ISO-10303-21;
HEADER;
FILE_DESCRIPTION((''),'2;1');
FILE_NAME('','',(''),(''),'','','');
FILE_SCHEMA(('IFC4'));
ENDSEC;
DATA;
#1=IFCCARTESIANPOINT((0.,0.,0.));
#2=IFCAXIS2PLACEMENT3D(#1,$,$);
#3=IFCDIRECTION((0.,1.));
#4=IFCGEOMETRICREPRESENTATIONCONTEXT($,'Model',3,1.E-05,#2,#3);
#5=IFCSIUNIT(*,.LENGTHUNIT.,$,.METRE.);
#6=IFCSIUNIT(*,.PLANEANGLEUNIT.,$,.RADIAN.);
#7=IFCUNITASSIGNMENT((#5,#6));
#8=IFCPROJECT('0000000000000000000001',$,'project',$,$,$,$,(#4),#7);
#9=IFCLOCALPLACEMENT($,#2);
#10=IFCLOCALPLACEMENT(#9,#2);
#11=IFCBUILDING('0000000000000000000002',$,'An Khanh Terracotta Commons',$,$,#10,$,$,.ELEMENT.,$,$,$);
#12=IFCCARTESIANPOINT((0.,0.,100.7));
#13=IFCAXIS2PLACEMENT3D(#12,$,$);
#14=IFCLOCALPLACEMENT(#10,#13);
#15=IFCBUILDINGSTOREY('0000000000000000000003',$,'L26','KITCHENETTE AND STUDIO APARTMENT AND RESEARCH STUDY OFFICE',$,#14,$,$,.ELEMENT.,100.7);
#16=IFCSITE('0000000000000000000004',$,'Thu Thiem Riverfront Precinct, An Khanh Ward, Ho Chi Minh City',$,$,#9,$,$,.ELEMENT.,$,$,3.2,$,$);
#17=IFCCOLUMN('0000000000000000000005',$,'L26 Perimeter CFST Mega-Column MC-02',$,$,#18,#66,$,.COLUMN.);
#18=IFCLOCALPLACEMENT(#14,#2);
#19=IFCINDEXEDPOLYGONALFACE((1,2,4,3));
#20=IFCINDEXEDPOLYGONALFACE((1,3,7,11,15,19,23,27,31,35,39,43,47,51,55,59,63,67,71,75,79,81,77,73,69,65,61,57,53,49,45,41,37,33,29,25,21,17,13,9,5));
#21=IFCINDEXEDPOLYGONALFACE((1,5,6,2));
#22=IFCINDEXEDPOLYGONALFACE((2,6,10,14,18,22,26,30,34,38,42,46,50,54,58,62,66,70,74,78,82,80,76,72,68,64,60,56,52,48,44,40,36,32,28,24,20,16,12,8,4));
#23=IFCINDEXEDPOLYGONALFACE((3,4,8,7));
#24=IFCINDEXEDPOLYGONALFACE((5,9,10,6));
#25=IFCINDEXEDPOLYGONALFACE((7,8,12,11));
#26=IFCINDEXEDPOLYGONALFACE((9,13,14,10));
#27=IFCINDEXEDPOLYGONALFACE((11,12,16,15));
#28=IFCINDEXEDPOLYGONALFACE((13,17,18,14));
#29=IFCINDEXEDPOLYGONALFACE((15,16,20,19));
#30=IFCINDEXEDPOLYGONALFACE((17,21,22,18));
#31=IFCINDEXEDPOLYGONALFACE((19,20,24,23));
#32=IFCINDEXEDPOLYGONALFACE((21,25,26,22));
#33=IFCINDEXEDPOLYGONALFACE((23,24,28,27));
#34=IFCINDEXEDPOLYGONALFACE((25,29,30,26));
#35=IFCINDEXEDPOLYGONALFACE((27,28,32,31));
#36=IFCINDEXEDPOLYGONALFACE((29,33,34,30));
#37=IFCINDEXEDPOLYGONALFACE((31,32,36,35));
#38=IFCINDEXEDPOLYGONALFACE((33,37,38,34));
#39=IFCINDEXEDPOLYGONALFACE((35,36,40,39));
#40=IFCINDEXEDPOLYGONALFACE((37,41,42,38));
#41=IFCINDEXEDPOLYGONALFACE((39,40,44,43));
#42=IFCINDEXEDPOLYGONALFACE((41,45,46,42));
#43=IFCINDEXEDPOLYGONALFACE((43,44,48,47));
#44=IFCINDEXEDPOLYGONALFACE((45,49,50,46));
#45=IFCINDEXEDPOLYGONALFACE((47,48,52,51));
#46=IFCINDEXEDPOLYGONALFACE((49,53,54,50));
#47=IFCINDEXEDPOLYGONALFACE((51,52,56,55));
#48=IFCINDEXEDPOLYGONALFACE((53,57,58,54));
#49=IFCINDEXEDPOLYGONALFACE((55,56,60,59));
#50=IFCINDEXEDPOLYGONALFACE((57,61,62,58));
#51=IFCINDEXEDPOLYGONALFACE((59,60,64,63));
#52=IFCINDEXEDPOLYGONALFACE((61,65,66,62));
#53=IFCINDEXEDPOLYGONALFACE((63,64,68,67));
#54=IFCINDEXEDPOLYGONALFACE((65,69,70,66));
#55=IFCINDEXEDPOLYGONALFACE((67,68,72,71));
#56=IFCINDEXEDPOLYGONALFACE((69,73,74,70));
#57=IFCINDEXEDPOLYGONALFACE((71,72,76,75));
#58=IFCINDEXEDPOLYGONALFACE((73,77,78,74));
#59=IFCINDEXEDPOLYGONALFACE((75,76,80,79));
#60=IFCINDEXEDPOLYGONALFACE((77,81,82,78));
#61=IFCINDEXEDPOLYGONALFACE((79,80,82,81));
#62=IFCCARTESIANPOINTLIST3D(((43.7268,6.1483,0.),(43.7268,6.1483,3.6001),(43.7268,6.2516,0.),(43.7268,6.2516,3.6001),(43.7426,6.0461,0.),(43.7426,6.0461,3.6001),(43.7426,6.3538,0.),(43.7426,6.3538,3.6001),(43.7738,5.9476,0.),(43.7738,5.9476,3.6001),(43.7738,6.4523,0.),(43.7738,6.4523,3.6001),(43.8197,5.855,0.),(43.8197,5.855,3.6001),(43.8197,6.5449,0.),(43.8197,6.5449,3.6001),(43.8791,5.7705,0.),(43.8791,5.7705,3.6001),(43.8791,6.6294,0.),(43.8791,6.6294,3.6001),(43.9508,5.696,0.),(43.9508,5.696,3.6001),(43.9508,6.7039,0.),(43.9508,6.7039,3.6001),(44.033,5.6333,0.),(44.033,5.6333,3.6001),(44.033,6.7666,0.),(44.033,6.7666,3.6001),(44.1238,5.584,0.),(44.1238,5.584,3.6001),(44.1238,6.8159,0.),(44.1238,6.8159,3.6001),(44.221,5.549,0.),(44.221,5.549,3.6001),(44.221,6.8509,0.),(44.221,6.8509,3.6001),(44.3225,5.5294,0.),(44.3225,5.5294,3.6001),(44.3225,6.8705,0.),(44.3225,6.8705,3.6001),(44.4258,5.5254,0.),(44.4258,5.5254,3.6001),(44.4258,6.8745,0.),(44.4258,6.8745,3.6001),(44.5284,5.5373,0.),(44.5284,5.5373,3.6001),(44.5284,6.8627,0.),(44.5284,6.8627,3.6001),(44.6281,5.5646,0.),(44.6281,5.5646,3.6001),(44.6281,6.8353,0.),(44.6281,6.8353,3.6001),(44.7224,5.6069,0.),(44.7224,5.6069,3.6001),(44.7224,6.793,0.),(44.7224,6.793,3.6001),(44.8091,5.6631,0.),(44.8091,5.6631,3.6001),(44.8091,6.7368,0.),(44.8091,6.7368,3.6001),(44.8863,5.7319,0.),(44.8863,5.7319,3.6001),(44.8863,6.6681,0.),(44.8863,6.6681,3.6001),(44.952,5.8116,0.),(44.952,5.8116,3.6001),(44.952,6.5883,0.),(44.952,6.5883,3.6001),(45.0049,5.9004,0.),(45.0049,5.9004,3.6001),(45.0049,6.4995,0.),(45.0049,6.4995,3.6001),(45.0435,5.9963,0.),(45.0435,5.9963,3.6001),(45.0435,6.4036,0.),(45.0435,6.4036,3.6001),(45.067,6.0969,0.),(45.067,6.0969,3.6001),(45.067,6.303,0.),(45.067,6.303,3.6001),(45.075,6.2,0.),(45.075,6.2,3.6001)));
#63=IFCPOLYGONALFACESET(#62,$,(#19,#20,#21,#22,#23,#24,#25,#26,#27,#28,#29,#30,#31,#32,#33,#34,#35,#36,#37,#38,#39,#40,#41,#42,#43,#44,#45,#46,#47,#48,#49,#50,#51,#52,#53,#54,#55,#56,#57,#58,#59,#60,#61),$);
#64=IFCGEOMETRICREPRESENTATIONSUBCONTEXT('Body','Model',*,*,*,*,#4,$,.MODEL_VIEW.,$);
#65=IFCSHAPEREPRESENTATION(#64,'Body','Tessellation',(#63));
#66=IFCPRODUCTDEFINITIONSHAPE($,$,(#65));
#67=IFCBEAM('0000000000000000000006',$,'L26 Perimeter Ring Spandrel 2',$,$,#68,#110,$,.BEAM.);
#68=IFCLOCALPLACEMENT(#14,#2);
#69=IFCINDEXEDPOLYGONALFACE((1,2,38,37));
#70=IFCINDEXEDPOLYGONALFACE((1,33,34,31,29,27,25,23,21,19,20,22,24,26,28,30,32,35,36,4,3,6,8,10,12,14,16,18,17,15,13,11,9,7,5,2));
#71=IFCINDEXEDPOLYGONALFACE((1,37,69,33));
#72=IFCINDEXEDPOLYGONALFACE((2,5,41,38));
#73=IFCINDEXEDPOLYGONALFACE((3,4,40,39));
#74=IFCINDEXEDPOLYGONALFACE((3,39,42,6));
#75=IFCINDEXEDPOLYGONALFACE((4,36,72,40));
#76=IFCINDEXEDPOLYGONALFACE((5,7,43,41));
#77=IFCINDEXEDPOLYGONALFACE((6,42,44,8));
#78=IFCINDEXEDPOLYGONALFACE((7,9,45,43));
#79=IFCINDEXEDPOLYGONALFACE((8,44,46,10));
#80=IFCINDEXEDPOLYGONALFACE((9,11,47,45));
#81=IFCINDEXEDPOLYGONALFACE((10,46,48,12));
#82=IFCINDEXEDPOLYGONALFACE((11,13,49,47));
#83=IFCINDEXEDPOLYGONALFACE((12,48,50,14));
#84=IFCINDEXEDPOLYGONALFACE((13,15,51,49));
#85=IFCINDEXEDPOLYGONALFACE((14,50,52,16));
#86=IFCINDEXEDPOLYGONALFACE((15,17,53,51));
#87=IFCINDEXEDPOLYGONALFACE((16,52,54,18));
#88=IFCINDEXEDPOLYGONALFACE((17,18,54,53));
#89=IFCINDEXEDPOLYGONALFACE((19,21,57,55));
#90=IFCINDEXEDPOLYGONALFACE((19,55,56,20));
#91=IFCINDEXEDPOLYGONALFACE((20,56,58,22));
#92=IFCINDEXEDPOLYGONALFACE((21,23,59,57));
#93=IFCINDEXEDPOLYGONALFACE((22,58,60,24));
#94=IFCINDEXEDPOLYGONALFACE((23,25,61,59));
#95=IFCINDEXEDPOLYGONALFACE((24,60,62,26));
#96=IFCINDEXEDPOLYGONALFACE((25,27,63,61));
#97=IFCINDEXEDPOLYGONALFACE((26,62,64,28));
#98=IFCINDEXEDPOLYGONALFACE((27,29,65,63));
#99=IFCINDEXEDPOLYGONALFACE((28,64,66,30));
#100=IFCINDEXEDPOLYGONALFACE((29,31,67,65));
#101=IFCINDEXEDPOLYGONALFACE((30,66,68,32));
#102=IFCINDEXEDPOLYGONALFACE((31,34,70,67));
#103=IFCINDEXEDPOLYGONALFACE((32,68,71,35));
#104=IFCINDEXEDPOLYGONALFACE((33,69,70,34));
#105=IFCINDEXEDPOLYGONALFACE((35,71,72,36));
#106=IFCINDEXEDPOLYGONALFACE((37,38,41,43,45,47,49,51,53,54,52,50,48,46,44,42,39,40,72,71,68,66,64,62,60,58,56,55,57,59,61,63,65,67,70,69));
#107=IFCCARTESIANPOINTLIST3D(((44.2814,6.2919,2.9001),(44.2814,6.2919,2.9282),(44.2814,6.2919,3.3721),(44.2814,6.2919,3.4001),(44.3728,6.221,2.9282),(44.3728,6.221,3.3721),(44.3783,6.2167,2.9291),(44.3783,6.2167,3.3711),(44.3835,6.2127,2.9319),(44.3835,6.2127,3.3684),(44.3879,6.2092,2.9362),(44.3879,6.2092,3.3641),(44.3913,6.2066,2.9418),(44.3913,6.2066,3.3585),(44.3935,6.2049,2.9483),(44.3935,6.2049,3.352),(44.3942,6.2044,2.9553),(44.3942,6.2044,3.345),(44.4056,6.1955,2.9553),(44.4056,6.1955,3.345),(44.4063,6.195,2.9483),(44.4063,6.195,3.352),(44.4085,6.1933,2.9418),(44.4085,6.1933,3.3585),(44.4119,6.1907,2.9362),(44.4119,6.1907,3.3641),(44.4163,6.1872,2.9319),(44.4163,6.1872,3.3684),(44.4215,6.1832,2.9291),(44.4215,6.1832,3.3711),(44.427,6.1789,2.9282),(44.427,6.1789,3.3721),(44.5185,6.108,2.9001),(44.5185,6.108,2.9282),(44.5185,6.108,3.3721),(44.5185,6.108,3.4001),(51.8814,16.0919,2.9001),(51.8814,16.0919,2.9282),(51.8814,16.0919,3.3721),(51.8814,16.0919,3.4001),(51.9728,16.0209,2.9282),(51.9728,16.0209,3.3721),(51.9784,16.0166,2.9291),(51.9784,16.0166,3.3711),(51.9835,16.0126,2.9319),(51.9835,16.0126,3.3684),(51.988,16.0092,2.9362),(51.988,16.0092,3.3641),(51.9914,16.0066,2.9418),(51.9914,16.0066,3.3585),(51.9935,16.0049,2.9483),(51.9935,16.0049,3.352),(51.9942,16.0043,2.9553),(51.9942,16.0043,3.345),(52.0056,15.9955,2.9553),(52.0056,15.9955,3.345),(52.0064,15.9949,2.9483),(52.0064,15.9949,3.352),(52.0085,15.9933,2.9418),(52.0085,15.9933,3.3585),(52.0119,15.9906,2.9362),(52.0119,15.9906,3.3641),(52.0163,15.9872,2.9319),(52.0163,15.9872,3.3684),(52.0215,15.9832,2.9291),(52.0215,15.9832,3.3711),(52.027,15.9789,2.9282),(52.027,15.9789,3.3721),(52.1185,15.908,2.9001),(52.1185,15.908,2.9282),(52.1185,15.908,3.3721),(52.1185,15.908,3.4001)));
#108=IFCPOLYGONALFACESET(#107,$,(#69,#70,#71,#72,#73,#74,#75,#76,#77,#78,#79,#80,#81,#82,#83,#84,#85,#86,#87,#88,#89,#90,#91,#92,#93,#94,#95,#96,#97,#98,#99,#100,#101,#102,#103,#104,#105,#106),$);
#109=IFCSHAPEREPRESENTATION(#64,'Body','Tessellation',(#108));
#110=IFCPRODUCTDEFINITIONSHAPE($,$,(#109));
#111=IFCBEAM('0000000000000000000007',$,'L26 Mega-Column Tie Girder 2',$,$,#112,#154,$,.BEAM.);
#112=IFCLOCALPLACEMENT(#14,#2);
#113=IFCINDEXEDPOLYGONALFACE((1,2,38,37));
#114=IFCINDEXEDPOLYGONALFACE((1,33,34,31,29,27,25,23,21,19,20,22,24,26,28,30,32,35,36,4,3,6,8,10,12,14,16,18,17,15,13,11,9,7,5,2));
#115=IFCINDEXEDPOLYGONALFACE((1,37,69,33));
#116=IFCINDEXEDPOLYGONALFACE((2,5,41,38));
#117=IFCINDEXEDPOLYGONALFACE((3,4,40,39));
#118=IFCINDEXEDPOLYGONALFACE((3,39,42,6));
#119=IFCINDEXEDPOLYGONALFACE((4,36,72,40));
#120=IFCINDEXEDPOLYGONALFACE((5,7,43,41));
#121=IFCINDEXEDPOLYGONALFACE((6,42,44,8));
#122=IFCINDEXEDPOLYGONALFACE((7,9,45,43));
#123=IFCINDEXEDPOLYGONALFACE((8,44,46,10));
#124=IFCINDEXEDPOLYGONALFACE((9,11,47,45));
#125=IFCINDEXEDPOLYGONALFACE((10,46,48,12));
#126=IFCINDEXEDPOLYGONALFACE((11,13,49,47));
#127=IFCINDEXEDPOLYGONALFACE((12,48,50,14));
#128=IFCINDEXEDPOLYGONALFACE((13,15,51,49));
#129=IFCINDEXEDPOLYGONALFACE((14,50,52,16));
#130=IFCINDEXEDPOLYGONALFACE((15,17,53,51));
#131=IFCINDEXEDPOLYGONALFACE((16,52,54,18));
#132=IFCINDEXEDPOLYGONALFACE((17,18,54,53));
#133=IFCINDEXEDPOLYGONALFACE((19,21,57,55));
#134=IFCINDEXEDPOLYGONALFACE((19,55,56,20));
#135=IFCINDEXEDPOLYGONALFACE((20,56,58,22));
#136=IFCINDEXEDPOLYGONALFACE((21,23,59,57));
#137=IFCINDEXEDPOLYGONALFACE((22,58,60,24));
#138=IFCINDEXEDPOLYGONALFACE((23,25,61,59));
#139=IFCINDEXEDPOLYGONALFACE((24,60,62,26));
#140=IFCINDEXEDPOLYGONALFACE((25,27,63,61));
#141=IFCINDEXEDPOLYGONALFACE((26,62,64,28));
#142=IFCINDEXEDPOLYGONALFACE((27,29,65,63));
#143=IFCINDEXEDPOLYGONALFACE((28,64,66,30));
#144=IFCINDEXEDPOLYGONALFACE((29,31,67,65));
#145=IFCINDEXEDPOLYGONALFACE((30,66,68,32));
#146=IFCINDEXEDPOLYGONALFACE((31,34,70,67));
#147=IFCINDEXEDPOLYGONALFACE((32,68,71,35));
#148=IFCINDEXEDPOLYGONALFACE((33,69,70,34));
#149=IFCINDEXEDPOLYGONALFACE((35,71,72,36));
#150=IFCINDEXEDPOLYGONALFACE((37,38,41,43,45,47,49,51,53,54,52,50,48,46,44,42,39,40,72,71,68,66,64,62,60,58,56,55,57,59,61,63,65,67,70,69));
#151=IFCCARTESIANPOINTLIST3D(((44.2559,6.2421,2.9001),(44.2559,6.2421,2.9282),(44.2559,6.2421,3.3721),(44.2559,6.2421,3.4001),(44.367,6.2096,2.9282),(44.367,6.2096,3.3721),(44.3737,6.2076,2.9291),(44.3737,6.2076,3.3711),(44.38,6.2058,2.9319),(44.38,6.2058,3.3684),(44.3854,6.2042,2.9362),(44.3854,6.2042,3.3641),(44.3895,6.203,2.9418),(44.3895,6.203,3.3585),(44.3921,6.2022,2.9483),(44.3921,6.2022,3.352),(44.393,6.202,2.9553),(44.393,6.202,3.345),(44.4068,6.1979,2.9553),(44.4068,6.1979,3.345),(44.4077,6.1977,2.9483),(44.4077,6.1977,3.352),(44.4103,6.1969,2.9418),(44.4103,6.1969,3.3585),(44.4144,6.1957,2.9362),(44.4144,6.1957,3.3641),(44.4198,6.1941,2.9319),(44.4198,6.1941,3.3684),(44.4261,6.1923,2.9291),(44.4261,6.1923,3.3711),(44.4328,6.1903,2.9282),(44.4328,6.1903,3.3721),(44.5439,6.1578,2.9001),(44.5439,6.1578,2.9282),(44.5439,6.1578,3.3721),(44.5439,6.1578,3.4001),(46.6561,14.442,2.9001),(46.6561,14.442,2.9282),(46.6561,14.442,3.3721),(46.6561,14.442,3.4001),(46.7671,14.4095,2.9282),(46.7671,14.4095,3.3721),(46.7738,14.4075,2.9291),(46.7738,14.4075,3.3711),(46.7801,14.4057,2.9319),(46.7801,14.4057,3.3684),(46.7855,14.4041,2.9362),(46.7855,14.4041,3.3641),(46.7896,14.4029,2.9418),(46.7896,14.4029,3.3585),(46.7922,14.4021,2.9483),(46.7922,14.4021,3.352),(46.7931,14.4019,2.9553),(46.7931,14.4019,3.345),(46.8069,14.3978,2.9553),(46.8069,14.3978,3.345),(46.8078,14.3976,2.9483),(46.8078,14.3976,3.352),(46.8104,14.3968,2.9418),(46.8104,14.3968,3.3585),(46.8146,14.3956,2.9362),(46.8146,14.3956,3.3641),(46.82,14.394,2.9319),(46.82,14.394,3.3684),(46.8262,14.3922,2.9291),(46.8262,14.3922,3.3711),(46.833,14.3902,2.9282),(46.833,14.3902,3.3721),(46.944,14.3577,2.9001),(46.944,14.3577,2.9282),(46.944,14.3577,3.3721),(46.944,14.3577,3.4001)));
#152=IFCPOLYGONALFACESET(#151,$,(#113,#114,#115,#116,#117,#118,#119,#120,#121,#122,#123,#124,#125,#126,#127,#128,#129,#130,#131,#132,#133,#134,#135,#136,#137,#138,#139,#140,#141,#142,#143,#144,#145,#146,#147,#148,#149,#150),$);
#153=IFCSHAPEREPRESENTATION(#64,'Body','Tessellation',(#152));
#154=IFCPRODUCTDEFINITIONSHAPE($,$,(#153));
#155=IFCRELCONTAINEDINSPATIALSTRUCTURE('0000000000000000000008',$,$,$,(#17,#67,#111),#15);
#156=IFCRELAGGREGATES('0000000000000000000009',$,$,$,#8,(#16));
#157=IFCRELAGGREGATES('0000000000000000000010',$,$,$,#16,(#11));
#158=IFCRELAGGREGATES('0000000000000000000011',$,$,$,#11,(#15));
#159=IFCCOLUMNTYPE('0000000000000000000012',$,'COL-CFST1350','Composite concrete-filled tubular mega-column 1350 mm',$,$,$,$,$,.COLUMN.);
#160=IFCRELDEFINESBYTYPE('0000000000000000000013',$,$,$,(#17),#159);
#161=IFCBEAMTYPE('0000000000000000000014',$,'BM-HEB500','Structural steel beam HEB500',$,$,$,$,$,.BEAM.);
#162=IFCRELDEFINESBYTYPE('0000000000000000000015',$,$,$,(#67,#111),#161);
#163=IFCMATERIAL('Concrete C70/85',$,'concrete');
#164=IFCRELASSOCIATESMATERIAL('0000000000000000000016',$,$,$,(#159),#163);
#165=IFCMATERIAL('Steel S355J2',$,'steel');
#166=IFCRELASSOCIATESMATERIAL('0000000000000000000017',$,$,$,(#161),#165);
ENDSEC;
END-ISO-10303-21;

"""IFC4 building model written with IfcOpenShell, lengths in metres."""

from ifc_helpers import new_model, si_unit, direction, frame, origin, origin_2d, place, context, subcontext, project, spatial, circle, i_section, extrude, material, material_profile, profile_set, type_object, element, save


model = new_model("IFC4")

# Units and contexts
model_context = context("Model", 3, precision=1e-05, world=origin(), true_north=direction((0.0, 1.0)))
body_context = subcontext(model_context, "Body", "Model", "MODEL_VIEW")
ifc_project = project(units=[si_unit("LENGTHUNIT", "METRE"), si_unit("PLANEANGLEUNIT", "RADIAN")], contexts=[model_context])

# Site, building, storey
site_placement = place(None, origin())
site = spatial("IfcSite", under=ifc_project, at=site_placement, Name="Thu Thiem Riverfront Precinct, An Khanh Ward, Ho Chi Minh City", CompositionType="ELEMENT", RefElevation=3.2)
building_placement = place(site_placement, origin())
building = spatial("IfcBuilding", under=site, at=building_placement, Name="An Khanh Terracotta Commons", CompositionType="ELEMENT")
storey_placement = place(building_placement, frame((0.0, 0.0, 100.7)))
storey = spatial("IfcBuildingStorey", under=building, at=storey_placement, Name="L26", Description="KITCHENETTE AND STUDIO APARTMENT AND RESEARCH STUDY OFFICE", CompositionType="ELEMENT", Elevation=100.7)

# Column
ifc_material_1 = material(Name="Concrete C70/85", Category="concrete")
ifc_material_profile_1 = material_profile(ifc_material_1, circle(Radius=0.675, at=origin_2d()), Name="CFST1350")
ifc_profile_set_1 = profile_set([ifc_material_profile_1], Name="Concrete C70/85")
column_type = type_object("IfcColumnType", Name="COL-CFST1350", Description="Composite concrete-filled tubular mega-column 1350 mm", PredefinedType="COLUMN", material=ifc_profile_set_1)
column_placement = place(storey_placement, frame((44.3999, 6.2, 0.0), z_axis=(0.0, 0.0, 1.0), x_axis=(1.0, 0.0, 0.0)))
element("IfcColumn", 1, at=column_placement, inside=storey, type_object=column_type, Name="L26 Perimeter CFST Mega-Column MC-02", PredefinedType="COLUMN", context=body_context, shape_type="SweptSolid", body=[
    extrude(circle(Radius=0.675, at=origin_2d()), origin(), (0.0, 0.0, 1.0), 3.6001),
])

# Beams
ifc_material_2 = material(Name="Steel S355J2", Category="steel")
ifc_material_profile_2 = material_profile(ifc_material_2, i_section(OverallWidth=0.3, OverallDepth=0.5, WebThickness=0.0144, FlangeThickness=0.0281, FilletRadius=0.0271, at=origin_2d()), Name="HEB500")
ifc_profile_set_2 = profile_set([ifc_material_profile_2], Name="Steel S355J2")
beam_type = type_object("IfcBeamType", Name="BM-HEB500", Description="Structural steel beam HEB500", PredefinedType="BEAM", material=ifc_profile_set_2)
beam_1_placement = place(storey_placement, frame((44.3999, 6.2, 3.1501), z_axis=(0.612827, 0.790217, 0.0), x_axis=(-0.790217, 0.612827, 0.0)))
element("IfcBeam", 2, at=beam_1_placement, inside=storey, type_object=beam_type, Name="L26 Perimeter Ring Spandrel 2", PredefinedType="BEAM", context=body_context, shape_type="SweptSolid", body=[
    extrude(i_section(OverallWidth=0.3, OverallDepth=0.5, WebThickness=0.0144, FlangeThickness=0.0281, FilletRadius=0.0271, at=origin_2d()), origin(), (0.0, 0.0, 1.0), 12.4016),
])
beam_2_placement = place(storey_placement, frame((44.3999, 6.2, 3.1501), z_axis=(0.280916, 0.959732, 0.0), x_axis=(-0.959732, 0.280916, 0.0)))
element("IfcBeam", 3, at=beam_2_placement, inside=storey, type_object=beam_type, Name="L26 Mega-Column Tie Girder 2", PredefinedType="BEAM", context=body_context, shape_type="SweptSolid", body=[
    extrude(i_section(OverallWidth=0.3, OverallDepth=0.5, WebThickness=0.0144, FlangeThickness=0.0281, FilletRadius=0.0271, at=origin_2d()), origin(), (0.0, 0.0, 1.0), 8.5439),
])

save(model, "model.ifc")
